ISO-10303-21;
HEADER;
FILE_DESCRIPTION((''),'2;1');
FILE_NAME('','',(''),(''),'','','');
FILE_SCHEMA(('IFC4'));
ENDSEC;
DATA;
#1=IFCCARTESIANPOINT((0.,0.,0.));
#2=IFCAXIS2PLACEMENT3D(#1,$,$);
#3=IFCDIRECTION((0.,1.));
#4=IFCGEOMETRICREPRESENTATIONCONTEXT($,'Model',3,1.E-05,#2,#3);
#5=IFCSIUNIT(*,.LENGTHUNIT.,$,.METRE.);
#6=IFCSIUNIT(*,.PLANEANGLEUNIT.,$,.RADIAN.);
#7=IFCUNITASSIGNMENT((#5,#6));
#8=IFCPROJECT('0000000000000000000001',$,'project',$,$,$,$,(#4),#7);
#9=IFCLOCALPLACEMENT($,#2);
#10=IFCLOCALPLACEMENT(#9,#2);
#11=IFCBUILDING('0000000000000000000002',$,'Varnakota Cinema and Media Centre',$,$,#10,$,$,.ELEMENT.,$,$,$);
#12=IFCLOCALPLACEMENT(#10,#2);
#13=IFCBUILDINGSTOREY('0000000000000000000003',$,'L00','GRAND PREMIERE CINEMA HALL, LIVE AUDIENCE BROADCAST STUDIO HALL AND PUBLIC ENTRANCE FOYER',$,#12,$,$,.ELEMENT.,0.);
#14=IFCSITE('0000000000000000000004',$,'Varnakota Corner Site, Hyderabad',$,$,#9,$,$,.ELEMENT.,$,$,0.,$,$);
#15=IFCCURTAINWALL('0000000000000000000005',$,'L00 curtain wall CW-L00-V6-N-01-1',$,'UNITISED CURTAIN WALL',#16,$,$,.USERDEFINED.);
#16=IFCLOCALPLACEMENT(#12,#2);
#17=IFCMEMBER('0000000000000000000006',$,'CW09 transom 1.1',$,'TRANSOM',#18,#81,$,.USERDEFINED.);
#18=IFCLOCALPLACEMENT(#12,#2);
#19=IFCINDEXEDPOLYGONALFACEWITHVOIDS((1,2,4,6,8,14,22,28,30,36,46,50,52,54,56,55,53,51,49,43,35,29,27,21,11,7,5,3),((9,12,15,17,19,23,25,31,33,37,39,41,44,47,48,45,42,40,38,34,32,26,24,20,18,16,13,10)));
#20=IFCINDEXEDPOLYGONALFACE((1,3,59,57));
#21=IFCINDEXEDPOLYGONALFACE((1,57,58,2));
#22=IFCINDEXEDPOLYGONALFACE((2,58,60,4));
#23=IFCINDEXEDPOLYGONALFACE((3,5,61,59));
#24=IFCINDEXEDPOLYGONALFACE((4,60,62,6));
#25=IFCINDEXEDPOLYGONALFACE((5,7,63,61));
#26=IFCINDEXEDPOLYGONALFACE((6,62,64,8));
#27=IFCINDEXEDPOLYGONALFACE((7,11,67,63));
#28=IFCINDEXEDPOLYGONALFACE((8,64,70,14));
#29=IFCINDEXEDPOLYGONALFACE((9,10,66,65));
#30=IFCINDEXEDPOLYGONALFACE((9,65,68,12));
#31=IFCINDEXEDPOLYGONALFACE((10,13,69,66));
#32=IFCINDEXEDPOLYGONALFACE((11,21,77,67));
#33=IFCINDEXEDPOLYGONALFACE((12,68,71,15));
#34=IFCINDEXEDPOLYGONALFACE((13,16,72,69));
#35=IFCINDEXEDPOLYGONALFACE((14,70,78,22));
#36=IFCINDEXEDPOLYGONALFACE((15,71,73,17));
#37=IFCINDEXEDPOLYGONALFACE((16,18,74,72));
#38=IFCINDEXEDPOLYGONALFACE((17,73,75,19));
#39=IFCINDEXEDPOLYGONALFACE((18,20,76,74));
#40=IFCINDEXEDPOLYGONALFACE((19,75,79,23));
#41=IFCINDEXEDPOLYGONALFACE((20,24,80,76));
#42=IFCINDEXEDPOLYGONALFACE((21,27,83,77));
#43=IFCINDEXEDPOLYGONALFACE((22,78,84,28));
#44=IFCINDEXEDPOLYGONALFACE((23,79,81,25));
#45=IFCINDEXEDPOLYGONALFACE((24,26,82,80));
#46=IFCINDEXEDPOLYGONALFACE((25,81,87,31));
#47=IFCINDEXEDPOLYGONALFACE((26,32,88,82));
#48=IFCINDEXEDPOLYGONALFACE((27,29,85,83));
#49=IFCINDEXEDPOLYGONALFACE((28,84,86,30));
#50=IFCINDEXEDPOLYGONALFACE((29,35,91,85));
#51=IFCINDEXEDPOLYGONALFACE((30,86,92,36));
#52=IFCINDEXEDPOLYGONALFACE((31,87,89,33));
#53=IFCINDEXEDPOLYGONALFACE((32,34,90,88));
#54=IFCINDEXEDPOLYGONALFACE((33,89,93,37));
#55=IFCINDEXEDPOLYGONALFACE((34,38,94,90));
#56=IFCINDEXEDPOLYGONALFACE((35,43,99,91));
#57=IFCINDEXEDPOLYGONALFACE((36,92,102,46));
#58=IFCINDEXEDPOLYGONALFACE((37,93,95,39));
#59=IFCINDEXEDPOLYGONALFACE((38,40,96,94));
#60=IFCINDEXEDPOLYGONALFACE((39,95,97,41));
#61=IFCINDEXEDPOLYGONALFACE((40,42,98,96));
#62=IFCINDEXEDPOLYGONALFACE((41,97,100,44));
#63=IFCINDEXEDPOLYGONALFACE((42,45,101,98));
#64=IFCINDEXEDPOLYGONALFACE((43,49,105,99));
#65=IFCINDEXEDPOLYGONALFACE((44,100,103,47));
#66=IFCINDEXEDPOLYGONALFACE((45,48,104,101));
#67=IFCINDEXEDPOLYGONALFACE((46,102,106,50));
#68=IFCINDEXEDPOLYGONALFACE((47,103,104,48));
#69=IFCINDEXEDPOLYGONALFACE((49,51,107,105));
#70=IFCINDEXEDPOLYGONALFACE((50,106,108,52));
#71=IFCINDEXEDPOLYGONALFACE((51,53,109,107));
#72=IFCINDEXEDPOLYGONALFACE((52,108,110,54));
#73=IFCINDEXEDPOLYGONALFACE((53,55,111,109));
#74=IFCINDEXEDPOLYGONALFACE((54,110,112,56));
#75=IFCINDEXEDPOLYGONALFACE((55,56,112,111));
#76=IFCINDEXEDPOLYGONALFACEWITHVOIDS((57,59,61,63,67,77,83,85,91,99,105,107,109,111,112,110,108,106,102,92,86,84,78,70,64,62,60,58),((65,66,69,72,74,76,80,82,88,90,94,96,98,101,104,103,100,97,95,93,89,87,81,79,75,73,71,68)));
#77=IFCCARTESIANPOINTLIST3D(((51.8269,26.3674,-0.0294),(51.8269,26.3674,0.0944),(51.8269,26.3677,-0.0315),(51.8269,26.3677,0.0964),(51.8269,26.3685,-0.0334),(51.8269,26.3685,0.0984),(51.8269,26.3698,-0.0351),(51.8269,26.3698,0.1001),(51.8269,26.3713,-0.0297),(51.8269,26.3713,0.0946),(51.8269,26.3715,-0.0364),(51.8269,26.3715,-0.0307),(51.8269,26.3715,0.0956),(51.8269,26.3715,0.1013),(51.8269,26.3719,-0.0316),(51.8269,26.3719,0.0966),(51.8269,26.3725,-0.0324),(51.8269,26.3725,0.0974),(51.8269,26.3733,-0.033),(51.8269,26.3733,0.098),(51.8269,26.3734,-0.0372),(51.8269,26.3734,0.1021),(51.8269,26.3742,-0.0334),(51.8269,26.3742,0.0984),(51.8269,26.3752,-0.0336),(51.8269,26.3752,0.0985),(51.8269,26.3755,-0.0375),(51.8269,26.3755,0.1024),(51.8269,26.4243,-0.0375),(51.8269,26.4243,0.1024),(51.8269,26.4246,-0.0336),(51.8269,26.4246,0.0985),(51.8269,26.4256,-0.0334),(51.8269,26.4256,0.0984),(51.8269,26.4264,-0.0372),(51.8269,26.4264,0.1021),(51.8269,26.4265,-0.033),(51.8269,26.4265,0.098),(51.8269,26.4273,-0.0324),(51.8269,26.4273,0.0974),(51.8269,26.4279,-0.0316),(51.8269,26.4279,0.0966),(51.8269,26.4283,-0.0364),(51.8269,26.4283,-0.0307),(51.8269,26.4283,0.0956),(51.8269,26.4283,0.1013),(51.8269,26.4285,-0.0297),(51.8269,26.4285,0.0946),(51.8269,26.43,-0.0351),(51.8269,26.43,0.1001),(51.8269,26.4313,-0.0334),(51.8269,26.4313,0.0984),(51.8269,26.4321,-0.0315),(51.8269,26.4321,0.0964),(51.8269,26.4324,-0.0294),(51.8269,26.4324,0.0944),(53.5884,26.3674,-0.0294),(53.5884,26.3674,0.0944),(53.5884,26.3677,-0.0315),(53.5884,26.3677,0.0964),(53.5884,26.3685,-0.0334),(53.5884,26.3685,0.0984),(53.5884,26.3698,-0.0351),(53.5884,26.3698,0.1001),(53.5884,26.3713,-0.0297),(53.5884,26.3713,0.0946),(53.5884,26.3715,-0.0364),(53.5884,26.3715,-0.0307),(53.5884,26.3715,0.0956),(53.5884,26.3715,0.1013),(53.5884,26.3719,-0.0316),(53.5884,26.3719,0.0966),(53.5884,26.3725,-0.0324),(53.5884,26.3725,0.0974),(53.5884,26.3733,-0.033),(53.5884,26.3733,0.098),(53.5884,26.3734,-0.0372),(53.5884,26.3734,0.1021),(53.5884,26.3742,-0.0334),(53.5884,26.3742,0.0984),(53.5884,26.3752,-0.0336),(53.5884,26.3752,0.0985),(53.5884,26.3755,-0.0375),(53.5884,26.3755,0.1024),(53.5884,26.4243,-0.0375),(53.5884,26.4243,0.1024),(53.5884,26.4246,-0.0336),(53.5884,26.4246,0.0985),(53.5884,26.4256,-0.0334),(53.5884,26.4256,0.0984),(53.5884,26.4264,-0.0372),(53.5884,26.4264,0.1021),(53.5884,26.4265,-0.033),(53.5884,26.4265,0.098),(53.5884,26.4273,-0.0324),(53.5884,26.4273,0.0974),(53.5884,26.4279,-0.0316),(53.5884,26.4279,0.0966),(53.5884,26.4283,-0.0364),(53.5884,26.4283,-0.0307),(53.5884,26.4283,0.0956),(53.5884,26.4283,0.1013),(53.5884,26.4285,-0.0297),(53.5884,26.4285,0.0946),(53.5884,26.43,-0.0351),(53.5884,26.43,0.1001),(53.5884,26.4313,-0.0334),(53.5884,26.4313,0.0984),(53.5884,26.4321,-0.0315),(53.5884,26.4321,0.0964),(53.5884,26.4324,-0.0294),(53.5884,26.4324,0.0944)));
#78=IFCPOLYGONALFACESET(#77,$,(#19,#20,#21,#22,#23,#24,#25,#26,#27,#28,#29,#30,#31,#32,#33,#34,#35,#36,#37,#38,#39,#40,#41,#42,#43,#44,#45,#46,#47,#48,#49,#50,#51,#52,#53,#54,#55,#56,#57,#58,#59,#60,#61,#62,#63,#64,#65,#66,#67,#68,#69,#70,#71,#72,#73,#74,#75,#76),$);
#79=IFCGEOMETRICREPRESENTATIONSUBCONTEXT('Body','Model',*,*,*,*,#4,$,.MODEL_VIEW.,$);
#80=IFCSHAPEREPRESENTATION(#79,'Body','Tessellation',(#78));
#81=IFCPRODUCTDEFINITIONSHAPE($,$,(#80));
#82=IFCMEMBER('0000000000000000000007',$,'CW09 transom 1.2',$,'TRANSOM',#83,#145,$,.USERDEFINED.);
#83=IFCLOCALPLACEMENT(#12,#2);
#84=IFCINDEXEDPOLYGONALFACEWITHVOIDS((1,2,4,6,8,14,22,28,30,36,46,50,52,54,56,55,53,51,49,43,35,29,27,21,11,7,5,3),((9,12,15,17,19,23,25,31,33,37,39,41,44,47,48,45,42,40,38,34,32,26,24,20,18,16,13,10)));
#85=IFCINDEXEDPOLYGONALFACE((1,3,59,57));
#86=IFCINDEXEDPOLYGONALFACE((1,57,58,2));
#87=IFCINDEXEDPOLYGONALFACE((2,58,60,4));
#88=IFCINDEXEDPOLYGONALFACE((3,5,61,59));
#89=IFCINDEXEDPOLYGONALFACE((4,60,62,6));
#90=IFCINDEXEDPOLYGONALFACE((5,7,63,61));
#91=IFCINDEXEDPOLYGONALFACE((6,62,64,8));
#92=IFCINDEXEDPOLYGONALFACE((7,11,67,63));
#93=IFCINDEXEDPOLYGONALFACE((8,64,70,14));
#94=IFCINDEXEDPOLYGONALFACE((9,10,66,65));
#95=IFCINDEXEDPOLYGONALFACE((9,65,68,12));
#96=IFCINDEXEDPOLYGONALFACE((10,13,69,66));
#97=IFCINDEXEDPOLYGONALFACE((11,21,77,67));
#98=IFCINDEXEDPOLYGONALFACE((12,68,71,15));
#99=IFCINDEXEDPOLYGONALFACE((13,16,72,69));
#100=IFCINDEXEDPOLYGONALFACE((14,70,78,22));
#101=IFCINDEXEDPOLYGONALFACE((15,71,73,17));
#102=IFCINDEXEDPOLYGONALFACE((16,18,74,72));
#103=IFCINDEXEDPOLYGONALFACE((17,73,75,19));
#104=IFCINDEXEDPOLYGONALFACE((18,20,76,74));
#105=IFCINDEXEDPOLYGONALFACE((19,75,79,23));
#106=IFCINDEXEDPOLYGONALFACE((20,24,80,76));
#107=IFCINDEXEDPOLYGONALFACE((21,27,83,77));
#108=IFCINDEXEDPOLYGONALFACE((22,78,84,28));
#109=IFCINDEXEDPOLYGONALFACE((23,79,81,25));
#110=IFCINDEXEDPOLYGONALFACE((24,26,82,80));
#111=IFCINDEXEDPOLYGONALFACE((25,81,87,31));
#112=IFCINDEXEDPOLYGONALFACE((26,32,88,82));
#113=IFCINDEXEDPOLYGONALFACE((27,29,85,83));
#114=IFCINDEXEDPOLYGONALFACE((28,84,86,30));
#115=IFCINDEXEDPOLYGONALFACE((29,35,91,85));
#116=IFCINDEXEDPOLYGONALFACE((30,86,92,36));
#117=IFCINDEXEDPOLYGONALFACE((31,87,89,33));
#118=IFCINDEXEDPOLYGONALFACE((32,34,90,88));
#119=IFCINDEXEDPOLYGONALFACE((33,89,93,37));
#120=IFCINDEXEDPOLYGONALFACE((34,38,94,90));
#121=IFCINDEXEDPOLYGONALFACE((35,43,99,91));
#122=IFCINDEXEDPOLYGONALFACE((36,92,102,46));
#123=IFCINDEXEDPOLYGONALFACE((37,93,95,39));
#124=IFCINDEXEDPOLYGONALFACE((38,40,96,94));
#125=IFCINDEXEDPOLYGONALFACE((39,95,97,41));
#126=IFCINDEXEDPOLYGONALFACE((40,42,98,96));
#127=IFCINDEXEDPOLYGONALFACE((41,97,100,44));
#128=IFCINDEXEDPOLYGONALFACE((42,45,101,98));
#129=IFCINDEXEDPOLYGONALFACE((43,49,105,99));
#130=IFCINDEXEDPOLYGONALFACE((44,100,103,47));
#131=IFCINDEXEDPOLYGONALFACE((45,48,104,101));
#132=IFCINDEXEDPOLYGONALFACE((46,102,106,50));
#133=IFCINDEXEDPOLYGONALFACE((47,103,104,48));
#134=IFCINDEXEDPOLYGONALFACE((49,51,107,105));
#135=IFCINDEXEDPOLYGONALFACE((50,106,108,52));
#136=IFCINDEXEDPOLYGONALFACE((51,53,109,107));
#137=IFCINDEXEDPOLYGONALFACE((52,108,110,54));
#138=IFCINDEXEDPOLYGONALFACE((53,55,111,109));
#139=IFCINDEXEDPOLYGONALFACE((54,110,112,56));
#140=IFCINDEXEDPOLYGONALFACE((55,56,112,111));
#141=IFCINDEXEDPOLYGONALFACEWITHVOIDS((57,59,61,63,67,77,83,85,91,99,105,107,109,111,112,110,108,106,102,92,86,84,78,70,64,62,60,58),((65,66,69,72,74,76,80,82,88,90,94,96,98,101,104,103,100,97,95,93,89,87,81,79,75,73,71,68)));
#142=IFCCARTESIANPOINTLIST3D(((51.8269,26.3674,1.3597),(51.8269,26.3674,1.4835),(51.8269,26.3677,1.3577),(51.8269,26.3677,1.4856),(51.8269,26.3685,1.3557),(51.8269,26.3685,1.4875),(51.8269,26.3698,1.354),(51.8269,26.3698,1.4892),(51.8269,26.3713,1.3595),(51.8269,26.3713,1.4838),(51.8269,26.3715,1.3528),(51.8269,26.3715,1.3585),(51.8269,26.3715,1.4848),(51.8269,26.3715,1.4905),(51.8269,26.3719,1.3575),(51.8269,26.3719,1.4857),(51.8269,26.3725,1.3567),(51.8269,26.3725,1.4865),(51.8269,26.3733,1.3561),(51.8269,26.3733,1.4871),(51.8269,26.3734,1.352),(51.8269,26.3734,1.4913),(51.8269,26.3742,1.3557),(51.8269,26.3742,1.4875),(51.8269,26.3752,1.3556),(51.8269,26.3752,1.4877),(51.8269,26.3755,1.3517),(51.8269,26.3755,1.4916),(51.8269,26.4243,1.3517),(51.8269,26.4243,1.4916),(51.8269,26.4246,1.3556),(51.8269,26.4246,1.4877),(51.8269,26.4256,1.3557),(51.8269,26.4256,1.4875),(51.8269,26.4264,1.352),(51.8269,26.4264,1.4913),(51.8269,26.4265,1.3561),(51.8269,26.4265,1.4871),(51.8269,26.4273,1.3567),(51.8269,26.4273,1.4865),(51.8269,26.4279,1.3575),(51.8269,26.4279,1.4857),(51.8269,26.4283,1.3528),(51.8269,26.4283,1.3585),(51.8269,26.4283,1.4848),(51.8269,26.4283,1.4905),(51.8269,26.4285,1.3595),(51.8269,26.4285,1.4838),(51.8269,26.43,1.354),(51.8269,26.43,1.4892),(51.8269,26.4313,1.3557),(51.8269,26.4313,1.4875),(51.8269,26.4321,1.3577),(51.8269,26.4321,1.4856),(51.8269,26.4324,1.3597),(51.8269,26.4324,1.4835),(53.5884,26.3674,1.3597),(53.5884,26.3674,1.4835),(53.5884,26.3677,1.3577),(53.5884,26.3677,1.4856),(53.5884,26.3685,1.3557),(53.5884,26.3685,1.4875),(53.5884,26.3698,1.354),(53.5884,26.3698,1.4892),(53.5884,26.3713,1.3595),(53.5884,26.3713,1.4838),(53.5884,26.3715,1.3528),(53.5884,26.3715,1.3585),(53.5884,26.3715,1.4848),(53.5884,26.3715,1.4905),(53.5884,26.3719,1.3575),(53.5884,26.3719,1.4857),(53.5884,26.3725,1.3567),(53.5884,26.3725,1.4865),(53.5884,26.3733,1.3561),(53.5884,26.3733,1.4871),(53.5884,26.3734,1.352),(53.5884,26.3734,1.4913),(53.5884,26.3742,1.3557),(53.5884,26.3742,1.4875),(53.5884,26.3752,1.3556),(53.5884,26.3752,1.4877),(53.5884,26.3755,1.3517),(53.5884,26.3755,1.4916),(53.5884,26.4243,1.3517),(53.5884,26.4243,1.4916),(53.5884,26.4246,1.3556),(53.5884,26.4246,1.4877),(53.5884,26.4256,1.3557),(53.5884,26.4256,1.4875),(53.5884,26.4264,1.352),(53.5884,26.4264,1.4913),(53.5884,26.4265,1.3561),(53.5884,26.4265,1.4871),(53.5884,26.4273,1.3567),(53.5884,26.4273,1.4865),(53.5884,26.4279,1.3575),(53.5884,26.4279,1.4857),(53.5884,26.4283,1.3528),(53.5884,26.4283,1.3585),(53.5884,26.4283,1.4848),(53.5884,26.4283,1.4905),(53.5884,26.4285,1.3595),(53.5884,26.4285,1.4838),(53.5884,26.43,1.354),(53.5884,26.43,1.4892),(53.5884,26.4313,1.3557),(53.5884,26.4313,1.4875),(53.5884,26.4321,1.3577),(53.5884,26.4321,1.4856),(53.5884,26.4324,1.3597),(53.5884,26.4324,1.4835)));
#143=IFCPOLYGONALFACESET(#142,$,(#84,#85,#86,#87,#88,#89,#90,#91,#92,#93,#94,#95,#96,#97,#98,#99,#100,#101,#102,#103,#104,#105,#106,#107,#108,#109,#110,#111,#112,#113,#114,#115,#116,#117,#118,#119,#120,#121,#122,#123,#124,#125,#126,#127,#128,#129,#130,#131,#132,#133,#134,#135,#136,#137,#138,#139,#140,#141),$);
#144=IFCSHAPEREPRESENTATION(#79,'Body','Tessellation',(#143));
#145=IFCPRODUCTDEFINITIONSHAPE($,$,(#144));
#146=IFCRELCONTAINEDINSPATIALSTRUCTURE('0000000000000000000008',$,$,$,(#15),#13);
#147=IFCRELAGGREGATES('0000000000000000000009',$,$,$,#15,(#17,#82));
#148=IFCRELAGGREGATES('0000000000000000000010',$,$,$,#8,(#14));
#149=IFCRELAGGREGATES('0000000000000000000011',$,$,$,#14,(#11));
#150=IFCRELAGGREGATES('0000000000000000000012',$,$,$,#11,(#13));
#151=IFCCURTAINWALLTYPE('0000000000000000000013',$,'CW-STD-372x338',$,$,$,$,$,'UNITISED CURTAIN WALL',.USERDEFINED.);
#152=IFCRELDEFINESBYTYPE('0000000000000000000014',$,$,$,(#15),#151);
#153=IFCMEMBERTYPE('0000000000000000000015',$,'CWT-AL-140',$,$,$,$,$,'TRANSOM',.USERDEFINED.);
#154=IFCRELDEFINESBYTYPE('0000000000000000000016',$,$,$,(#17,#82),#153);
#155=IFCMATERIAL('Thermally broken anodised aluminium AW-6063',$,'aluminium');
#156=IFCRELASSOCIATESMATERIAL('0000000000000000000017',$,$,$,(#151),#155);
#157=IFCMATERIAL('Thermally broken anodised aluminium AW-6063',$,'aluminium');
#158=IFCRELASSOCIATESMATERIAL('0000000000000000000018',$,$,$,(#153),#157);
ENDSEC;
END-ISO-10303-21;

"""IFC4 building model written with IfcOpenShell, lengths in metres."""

from ifc_helpers import new_model, si_unit, direction, frame, origin, origin_2d, place, context, subcontext, project, spatial, hollow_rectangle, extrude, material, material_profile, profile_set, type_object, element, aggregate, save


model = new_model("IFC4")

# Units and contexts
model_context = context("Model", 3, precision=1e-05, world=origin(), true_north=direction((0.0, 1.0)))
body_context = subcontext(model_context, "Body", "Model", "MODEL_VIEW")
ifc_project = project(units=[si_unit("LENGTHUNIT", "METRE"), si_unit("PLANEANGLEUNIT", "RADIAN")], contexts=[model_context])

# Site, building, storey
site_placement = place(None, origin())
site = spatial("IfcSite", under=ifc_project, at=site_placement, Name="Varnakota Corner Site, Hyderabad", CompositionType="ELEMENT", RefElevation=0.0)
building_placement = place(site_placement, origin())
building = spatial("IfcBuilding", under=site, at=building_placement, Name="Varnakota Cinema and Media Centre", CompositionType="ELEMENT")
storey_placement = place(building_placement, origin())
storey = spatial("IfcBuildingStorey", under=building, at=storey_placement, Name="L00", Description="GRAND PREMIERE CINEMA HALL, LIVE AUDIENCE BROADCAST STUDIO HALL AND PUBLIC ENTRANCE FOYER", CompositionType="ELEMENT", Elevation=0.0)

# Curtain wall, members
ifc_material_1 = material(Name="Thermally broken anodised aluminium AW-6063", Category="aluminium")
curtain_wall_type = type_object("IfcCurtainWallType", Name="CW-STD-372x338", ElementType="UNITISED CURTAIN WALL", PredefinedType="USERDEFINED", material=ifc_material_1)
curtain_wall_placement = place(storey_placement, origin())
curtain_wall = element("IfcCurtainWall", 1, at=curtain_wall_placement, inside=storey, type_object=curtain_wall_type, Name="L00 curtain wall CW-L00-V6-N-01-1", ObjectType="UNITISED CURTAIN WALL", PredefinedType="USERDEFINED")
ifc_material_2 = material(Name="Thermally broken anodised aluminium AW-6063", Category="aluminium")
ifc_material_profile_1 = material_profile(ifc_material_2, hollow_rectangle(XDim=0.0649, YDim=0.1399, WallThickness=0.0039, InnerFilletRadius=0.0039, OuterFilletRadius=0.0081, at=origin_2d()), Name="AL-TRANSOM 140x65x4")
ifc_profile_set_1 = profile_set([ifc_material_profile_1], Name="Thermally broken anodised aluminium AW-6063")
member_type_1 = type_object("IfcMemberType", Name="CWT-AL-140", ElementType="TRANSOM", PredefinedType="USERDEFINED", material=ifc_profile_set_1)
member_1_placement = place(storey_placement, frame((51.8269, 26.3999, 0.0325), z_axis=(1.0, 0.0, 0.0), x_axis=(0.0, 1.0, 0.0)))
member_1 = element("IfcMember", 2, at=member_1_placement, type_object=member_type_1, Name="CW09 transom 1.1", ObjectType="TRANSOM", PredefinedType="USERDEFINED", context=body_context, shape_type="SweptSolid", body=[
    extrude(hollow_rectangle(XDim=0.0649, YDim=0.1399, WallThickness=0.0039, InnerFilletRadius=0.0039, OuterFilletRadius=0.0081, at=origin_2d()), origin(), (0.0, 0.0, 1.0), 1.7615),
])
member_2_placement = place(storey_placement, frame((51.8269, 26.3999, 1.4216), z_axis=(1.0, 0.0, 0.0), x_axis=(0.0, 1.0, 0.0)))
member_2 = element("IfcMember", 3, at=member_2_placement, type_object=member_type_1, Name="CW09 transom 1.2", ObjectType="TRANSOM", PredefinedType="USERDEFINED", context=body_context, shape_type="SweptSolid", body=[
    extrude(hollow_rectangle(XDim=0.0649, YDim=0.1399, WallThickness=0.0039, InnerFilletRadius=0.0039, OuterFilletRadius=0.0081, at=origin_2d()), origin(), (0.0, 0.0, 1.0), 1.7615),
])
aggregate(curtain_wall, [member_1, member_2])

save(model, "model.ifc")
